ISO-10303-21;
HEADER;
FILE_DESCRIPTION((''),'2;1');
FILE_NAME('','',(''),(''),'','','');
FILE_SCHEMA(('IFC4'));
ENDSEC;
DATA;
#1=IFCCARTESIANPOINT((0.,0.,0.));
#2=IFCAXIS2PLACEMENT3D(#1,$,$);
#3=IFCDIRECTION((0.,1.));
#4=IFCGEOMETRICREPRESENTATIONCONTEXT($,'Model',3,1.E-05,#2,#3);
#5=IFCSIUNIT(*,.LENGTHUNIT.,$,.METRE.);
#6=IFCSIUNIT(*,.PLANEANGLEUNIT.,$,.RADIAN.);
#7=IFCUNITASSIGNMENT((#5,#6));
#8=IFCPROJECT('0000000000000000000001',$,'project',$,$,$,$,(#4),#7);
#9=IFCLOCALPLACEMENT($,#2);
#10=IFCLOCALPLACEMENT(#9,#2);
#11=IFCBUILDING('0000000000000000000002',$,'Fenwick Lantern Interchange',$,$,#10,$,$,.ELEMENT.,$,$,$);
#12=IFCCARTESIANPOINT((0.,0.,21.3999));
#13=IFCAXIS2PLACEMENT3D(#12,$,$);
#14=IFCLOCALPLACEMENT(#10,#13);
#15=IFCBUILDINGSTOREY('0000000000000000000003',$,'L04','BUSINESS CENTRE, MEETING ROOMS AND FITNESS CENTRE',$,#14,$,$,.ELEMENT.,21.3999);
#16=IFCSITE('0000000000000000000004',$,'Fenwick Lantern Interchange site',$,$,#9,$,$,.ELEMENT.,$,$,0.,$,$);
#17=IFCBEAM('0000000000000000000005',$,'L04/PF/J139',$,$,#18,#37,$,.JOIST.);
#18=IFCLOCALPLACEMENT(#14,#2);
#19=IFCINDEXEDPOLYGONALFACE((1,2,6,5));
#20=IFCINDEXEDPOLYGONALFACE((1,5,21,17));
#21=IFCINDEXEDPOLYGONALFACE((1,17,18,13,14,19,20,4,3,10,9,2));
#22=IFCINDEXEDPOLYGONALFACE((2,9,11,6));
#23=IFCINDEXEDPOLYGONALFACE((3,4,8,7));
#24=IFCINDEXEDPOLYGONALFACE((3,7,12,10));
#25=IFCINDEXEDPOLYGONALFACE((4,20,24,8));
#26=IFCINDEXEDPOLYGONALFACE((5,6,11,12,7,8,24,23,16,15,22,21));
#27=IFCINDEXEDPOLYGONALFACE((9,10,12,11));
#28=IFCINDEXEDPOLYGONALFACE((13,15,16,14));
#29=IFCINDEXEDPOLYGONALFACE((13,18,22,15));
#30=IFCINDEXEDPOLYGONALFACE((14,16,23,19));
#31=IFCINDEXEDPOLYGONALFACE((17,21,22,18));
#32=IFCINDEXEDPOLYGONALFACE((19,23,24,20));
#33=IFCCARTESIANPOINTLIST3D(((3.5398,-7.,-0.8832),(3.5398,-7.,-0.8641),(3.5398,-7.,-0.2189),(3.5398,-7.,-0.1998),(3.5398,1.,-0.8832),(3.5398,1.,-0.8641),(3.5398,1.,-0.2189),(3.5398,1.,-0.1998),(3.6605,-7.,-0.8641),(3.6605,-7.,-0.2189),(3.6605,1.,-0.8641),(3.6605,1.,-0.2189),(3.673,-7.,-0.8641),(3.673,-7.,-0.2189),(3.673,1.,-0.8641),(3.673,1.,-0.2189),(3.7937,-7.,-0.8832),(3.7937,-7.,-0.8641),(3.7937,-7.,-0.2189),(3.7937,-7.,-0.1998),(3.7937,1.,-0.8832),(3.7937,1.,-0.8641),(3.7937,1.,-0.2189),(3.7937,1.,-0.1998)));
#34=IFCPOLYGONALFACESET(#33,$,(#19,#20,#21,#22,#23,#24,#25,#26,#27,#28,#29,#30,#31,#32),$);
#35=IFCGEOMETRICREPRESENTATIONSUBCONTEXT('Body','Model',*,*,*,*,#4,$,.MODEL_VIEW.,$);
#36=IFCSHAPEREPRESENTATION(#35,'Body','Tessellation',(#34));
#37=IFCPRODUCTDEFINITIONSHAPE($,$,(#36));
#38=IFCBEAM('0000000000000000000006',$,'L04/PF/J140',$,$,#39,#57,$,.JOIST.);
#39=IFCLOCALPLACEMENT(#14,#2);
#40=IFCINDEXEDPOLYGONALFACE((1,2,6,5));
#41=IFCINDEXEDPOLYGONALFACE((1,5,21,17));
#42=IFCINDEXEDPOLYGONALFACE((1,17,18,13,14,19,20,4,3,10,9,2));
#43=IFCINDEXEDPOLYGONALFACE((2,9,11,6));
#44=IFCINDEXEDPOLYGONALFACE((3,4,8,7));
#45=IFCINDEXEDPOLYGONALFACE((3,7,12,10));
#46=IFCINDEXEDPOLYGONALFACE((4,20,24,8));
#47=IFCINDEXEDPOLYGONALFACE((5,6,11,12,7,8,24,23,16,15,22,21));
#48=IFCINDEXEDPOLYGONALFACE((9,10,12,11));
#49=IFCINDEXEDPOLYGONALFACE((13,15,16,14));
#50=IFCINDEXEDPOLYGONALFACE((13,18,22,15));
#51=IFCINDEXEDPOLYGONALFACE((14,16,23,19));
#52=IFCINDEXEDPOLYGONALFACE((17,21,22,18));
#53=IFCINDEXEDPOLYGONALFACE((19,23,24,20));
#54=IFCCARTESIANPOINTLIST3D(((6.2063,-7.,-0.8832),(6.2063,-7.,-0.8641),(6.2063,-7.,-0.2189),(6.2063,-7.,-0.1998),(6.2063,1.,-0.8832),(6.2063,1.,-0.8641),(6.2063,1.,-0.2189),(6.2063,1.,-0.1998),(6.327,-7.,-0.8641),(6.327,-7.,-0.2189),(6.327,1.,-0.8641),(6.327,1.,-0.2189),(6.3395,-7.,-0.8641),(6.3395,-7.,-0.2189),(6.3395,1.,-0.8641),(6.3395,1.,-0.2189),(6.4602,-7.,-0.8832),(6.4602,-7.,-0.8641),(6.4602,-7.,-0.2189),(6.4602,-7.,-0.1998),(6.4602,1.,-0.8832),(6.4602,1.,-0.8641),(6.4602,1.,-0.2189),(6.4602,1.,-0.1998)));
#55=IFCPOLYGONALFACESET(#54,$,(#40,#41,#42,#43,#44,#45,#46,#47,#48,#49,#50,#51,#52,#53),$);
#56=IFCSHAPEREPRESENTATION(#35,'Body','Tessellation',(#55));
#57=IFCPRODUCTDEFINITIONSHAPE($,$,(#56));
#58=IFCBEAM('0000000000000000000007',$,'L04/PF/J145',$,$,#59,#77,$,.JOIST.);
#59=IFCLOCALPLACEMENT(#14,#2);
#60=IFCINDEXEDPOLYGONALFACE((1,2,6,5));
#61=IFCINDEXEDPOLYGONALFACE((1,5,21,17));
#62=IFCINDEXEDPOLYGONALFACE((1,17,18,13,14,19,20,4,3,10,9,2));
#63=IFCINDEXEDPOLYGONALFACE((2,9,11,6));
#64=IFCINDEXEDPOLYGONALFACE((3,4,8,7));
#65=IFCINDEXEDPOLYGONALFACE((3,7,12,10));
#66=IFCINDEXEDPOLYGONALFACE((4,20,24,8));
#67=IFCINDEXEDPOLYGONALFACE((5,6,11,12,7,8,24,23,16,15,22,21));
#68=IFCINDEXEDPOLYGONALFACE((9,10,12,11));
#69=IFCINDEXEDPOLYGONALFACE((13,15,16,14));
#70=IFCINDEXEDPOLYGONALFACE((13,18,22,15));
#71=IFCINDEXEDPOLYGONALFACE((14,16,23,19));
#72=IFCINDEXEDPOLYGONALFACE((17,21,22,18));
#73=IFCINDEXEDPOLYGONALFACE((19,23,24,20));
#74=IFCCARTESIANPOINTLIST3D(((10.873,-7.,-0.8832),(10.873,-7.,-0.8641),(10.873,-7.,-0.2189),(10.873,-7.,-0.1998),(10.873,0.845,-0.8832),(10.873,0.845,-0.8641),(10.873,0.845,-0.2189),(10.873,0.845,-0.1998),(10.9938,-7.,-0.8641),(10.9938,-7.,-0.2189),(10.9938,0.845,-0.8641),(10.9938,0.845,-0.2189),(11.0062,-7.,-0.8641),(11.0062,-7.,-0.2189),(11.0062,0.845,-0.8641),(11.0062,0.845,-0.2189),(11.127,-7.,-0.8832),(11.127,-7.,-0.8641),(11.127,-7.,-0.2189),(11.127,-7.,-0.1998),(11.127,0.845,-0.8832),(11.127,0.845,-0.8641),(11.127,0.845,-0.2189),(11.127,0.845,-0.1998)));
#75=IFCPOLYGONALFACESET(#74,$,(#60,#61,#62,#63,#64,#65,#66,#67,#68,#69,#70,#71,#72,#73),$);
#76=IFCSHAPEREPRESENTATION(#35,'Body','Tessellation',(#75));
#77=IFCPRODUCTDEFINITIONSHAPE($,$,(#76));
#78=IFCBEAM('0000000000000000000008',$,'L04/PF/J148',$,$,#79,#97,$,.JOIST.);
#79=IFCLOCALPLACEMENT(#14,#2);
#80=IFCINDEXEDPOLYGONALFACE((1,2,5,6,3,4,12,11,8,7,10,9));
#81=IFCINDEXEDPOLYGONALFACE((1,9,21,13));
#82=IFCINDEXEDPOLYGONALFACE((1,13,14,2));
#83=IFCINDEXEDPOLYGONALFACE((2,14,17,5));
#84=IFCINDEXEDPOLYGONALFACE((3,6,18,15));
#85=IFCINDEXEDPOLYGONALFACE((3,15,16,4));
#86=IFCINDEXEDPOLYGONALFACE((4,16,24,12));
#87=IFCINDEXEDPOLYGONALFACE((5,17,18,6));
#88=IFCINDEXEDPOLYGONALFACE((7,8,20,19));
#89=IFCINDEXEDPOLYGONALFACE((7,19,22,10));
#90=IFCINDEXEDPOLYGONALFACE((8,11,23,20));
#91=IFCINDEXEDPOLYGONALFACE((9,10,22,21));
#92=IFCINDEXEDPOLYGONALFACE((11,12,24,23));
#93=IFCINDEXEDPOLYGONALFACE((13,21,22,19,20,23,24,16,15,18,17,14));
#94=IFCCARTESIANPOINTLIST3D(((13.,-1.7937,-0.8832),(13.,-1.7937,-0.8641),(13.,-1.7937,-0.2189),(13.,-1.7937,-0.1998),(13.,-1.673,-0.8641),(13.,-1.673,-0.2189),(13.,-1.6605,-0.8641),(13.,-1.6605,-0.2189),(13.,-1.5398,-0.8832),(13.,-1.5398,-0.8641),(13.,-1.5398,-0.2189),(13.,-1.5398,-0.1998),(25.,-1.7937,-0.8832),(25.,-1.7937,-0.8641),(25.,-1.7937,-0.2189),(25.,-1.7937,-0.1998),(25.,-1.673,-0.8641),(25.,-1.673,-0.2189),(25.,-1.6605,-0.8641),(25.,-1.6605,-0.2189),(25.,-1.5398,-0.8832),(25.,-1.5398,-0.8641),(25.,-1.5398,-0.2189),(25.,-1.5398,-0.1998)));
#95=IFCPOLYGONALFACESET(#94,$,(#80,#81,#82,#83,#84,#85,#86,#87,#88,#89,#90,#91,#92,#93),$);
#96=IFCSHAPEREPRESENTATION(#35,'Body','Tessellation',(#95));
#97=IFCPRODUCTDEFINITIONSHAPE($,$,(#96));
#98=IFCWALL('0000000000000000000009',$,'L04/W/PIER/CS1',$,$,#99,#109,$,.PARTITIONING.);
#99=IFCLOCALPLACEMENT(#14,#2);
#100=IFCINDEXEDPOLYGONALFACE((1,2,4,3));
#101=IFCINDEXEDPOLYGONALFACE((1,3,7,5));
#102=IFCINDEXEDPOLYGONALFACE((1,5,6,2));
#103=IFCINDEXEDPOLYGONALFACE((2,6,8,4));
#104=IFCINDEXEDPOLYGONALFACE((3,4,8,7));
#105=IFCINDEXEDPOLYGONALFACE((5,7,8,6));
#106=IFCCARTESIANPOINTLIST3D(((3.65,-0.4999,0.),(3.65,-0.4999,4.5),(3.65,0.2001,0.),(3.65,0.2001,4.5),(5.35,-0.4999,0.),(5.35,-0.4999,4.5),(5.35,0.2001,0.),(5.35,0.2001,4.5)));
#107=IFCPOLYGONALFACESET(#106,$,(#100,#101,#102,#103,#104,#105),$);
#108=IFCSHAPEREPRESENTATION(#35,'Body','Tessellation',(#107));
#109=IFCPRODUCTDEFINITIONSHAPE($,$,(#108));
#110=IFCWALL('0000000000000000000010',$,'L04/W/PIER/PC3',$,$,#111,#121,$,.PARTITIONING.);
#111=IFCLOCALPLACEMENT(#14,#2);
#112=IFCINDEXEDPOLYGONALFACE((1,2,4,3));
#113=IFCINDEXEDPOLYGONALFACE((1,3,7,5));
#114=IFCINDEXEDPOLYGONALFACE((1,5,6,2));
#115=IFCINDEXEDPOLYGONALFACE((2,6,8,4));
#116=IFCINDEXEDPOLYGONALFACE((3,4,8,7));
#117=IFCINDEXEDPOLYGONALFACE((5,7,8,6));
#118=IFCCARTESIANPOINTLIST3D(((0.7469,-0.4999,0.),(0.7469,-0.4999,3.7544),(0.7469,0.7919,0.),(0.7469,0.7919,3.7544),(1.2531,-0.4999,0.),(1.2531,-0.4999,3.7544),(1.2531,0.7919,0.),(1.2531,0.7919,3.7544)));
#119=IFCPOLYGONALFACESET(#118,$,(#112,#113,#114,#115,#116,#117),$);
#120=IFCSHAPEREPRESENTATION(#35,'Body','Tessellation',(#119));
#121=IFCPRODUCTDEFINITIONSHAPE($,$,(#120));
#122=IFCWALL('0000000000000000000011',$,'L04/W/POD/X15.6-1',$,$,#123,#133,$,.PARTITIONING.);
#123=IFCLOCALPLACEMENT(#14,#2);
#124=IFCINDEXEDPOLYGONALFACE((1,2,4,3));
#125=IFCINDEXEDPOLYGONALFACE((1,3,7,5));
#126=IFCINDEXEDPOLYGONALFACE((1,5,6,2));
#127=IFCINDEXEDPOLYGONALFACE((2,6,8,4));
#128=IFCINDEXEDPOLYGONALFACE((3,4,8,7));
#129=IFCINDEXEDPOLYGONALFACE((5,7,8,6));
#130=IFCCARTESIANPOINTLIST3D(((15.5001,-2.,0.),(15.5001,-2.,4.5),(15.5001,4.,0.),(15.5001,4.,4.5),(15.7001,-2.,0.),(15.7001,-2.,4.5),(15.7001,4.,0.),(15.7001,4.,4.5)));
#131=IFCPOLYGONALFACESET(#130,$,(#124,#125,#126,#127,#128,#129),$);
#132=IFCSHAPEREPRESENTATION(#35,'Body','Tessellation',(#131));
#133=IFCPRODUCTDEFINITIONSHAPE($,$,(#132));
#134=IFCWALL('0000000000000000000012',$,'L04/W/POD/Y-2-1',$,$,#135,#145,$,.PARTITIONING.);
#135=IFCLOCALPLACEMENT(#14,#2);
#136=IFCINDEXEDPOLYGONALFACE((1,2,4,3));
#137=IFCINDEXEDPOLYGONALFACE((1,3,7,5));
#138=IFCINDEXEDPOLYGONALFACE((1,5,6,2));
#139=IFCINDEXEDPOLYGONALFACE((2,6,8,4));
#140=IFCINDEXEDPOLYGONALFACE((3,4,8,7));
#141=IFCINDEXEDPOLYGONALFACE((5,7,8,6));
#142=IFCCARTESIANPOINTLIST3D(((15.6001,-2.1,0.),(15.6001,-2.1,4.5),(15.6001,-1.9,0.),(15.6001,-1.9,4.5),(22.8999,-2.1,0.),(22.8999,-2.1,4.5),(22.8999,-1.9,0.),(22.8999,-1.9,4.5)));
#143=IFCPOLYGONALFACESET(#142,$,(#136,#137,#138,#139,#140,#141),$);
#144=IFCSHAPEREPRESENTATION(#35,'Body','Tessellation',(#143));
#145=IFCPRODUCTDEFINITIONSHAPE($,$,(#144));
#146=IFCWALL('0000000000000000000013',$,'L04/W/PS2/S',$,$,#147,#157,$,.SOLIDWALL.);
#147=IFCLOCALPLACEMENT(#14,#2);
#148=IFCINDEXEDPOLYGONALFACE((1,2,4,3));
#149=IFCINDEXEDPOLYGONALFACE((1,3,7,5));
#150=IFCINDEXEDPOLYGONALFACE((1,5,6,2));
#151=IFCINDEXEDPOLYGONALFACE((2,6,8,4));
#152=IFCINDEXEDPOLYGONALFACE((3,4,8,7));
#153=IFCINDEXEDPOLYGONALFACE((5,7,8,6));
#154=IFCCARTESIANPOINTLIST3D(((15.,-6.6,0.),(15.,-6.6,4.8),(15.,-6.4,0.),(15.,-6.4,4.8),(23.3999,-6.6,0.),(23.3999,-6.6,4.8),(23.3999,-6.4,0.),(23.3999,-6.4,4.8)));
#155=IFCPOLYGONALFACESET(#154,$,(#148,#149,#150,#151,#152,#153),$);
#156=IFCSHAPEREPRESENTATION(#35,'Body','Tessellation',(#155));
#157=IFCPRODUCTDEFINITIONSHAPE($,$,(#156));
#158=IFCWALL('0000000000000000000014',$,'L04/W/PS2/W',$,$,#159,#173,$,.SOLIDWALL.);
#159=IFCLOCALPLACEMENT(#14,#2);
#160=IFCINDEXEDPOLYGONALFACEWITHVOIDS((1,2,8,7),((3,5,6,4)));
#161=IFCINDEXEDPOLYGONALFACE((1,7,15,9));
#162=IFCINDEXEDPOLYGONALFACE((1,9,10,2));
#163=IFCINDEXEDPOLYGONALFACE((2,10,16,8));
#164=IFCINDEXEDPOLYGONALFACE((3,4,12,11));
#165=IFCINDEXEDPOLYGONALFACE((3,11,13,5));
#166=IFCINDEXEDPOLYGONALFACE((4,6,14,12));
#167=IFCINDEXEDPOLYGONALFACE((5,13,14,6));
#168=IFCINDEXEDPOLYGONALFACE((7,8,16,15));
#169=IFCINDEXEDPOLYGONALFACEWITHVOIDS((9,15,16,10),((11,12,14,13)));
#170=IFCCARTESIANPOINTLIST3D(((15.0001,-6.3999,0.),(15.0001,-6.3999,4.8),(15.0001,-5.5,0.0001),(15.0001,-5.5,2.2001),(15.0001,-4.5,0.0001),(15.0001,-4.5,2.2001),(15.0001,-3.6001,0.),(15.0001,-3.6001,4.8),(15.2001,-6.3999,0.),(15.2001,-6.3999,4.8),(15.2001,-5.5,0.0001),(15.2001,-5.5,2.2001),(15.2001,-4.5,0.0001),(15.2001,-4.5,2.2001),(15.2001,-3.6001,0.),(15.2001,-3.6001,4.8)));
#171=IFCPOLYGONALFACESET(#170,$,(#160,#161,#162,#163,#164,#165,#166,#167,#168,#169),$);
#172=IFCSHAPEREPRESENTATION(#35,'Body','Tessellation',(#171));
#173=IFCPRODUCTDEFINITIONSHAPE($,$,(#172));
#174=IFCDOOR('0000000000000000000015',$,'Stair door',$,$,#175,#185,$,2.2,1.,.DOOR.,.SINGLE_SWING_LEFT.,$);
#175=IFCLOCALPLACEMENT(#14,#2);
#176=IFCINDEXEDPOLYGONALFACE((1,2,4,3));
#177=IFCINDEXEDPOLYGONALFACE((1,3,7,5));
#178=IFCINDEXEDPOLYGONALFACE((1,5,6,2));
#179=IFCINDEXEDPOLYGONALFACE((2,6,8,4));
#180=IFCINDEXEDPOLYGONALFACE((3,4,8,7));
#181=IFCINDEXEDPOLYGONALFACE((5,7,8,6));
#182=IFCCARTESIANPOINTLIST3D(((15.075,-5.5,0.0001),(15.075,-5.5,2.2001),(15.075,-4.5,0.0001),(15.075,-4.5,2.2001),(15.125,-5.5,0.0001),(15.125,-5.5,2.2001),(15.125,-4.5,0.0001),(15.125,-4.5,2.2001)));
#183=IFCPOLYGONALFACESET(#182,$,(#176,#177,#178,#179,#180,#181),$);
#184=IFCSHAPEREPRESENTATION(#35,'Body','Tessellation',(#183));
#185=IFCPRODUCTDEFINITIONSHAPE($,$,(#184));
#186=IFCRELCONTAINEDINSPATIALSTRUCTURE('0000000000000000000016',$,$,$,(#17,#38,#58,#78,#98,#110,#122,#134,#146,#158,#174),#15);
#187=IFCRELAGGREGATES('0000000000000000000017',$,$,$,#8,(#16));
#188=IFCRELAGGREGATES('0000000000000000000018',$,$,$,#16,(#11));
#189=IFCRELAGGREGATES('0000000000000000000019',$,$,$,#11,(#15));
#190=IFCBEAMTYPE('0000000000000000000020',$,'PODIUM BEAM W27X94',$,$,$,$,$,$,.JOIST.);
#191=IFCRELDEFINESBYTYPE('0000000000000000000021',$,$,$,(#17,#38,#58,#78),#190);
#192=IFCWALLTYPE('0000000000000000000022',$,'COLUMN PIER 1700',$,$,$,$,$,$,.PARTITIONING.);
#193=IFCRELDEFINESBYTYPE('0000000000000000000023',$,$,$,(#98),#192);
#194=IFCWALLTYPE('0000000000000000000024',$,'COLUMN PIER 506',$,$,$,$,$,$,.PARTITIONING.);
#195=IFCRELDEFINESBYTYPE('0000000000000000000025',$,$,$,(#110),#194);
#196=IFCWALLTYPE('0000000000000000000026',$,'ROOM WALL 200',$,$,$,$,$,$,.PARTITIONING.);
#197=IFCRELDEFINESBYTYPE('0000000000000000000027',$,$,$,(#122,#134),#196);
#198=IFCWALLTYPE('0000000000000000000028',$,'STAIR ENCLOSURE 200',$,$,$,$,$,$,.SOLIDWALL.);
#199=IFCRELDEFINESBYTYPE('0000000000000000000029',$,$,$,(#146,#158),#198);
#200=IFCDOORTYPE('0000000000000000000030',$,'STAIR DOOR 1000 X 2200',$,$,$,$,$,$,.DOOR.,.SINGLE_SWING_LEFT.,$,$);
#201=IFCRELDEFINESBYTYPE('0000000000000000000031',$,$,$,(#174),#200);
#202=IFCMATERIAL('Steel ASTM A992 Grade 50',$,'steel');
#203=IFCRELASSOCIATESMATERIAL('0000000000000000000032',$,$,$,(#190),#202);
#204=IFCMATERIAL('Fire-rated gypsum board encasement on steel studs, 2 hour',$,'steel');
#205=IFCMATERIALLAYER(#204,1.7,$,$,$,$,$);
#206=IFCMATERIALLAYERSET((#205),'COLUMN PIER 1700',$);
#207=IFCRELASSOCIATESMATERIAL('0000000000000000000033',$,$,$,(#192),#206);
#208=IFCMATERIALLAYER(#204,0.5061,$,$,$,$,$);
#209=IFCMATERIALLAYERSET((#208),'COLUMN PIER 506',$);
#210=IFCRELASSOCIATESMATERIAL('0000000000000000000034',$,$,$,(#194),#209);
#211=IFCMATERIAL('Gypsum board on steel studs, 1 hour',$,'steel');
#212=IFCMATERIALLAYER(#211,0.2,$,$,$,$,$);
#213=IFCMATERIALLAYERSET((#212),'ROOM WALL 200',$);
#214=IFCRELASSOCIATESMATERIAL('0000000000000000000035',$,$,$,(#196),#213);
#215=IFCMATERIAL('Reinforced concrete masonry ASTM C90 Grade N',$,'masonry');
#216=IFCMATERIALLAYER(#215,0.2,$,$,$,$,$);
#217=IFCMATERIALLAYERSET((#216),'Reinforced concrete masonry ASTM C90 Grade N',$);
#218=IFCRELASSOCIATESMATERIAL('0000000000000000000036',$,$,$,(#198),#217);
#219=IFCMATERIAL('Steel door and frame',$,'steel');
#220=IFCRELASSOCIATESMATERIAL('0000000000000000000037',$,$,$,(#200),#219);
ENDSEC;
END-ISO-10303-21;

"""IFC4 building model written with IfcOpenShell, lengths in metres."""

from ifc_helpers import new_model, si_unit, direction, frame, frame_2d, origin, origin_2d, place, context, subcontext, project, spatial, rectangle, i_section, extrude, material, layer, layer_set, material_profile, profile_set, type_object, element, fill, save


model = new_model("IFC4")

# Units and contexts
model_context = context("Model", 3, precision=1e-05, world=origin(), true_north=direction((0.0, 1.0)))
body_context = subcontext(model_context, "Body", "Model", "MODEL_VIEW")
ifc_project = project(units=[si_unit("LENGTHUNIT", "METRE"), si_unit("PLANEANGLEUNIT", "RADIAN")], contexts=[model_context])

# Site, building, storey
site_placement = place(None, origin())
site = spatial("IfcSite", under=ifc_project, at=site_placement, Name="Fenwick Lantern Interchange site", CompositionType="ELEMENT", RefElevation=0.0)
building_placement = place(site_placement, origin())
building = spatial("IfcBuilding", under=site, at=building_placement, Name="Fenwick Lantern Interchange", CompositionType="ELEMENT")
storey_placement = place(building_placement, frame((0.0, 0.0, 21.3999)))
storey = spatial("IfcBuildingStorey", under=building, at=storey_placement, Name="L04", Description="BUSINESS CENTRE, MEETING ROOMS AND FITNESS CENTRE", CompositionType="ELEMENT", Elevation=21.3999)

# Shared definitions
ifc_material_1 = material(Name="Steel ASTM A992 Grade 50", Category="steel")

# Beams
ifc_material_profile_1 = material_profile(ifc_material_1, i_section(OverallWidth=0.2539, OverallDepth=0.6833, WebThickness=0.0125, FlangeThickness=0.019, at=origin_2d()), Name="W27X94")
ifc_profile_set_1 = profile_set([ifc_material_profile_1], Name="Steel ASTM A992 Grade 50")
beam_type_1 = type_object("IfcBeamType", Name="PODIUM BEAM W27X94", PredefinedType="JOIST", material=ifc_profile_set_1)
for number, where, z_axis, x_axis, name in (
    (1, (3.6667, -7.0, -0.5415), (0.0, 1.0, 0.0), (-1.0, 0.0, 0.0), "L04/PF/J139"),
    (2, (6.3333, -7.0, -0.5415), (0.0, 1.0, 0.0), (-1.0, 0.0, 0.0), "L04/PF/J140"),
):
    element("IfcBeam", number, at=place(storey_placement, frame(where, z_axis=z_axis, x_axis=x_axis)), inside=storey, type_object=beam_type_1, Name=name, PredefinedType="JOIST", context=body_context, shape_type="SweptSolid", body=[
        extrude(i_section(OverallWidth=0.2539, OverallDepth=0.6833, WebThickness=0.0125, FlangeThickness=0.019, at=origin_2d()), origin(), (0.0, 0.0, 1.0), 8.0),
    ])
beam_1_placement = place(storey_placement, frame((11.0, -7.0, -0.5415), z_axis=(0.0, 1.0, 0.0), x_axis=(-1.0, 0.0, 0.0)))
element("IfcBeam", 3, at=beam_1_placement, inside=storey, type_object=beam_type_1, Name="L04/PF/J145", PredefinedType="JOIST", context=body_context, shape_type="SweptSolid", body=[
    extrude(i_section(OverallWidth=0.2539, OverallDepth=0.6833, WebThickness=0.0125, FlangeThickness=0.019, at=origin_2d()), origin(), (0.0, 0.0, 1.0), 7.845),
])
beam_2_placement = place(storey_placement, frame((13.0, -1.6667, -0.5415), z_axis=(1.0, 0.0, 0.0), x_axis=(0.0, 1.0, 0.0)))
element("IfcBeam", 4, at=beam_2_placement, inside=storey, type_object=beam_type_1, Name="L04/PF/J148", PredefinedType="JOIST", context=body_context, shape_type="SweptSolid", body=[
    extrude(i_section(OverallWidth=0.2539, OverallDepth=0.6833, WebThickness=0.0125, FlangeThickness=0.019, at=origin_2d()), origin(), (0.0, 0.0, 1.0), 12.0),
])

# Walls
ifc_material_2 = material(Name="Fire-rated gypsum board encasement on steel studs, 2 hour", Category="steel")
ifc_layer_1 = layer(ifc_material_2, 1.7)
ifc_layer_set_1 = layer_set([ifc_layer_1], Name="COLUMN PIER 1700")
wall_type_1 = type_object("IfcWallType", Name="COLUMN PIER 1700", PredefinedType="PARTITIONING", material=ifc_layer_set_1)
wall_1_placement = place(storey_placement, frame((4.5, -0.5, 0.0), z_axis=(0.0, 0.0, 1.0), x_axis=(0.0, 1.0, 0.0)))
element("IfcWall", 5, at=wall_1_placement, inside=storey, type_object=wall_type_1, Name="L04/W/PIER/CS1", PredefinedType="PARTITIONING", context=body_context, shape_type="SweptSolid", body=[
    extrude(rectangle(XDim=0.7, YDim=1.7, at=frame_2d((0.3501, 0.0))), origin(), (0.0, 0.0, 1.0), 4.5),
])
ifc_layer_2 = layer(ifc_material_2, 0.5061)
ifc_layer_set_2 = layer_set([ifc_layer_2], Name="COLUMN PIER 506")
wall_type_2 = type_object("IfcWallType", Name="COLUMN PIER 506", PredefinedType="PARTITIONING", material=ifc_layer_set_2)
wall_2_placement = place(storey_placement, frame((1.0, -0.5, 0.0), z_axis=(0.0, 0.0, 1.0), x_axis=(0.0, 1.0, 0.0)))
element("IfcWall", 6, at=wall_2_placement, inside=storey, type_object=wall_type_2, Name="L04/W/PIER/PC3", PredefinedType="PARTITIONING", context=body_context, shape_type="SweptSolid", body=[
    extrude(rectangle(XDim=1.2917, YDim=0.5061, at=frame_2d((0.646, 0.0))), origin(), (0.0, 0.0, 1.0), 3.7544),
])

# Shared definitions
ifc_material_3 = material(Name="Gypsum board on steel studs, 1 hour", Category="steel")
ifc_layer_3 = layer(ifc_material_3, 0.2)
ifc_layer_set_3 = layer_set([ifc_layer_3], Name="ROOM WALL 200")
wall_type_3 = type_object("IfcWallType", Name="ROOM WALL 200", PredefinedType="PARTITIONING", material=ifc_layer_set_3)
ifc_material_4 = material(Name="Steel door and frame", Category="steel")

# Walls
wall_3_placement = place(storey_placement, frame((15.6001, -2.0, 0.0), z_axis=(0.0, 0.0, 1.0), x_axis=(0.0, 1.0, 0.0)))
element("IfcWall", 7, at=wall_3_placement, inside=storey, type_object=wall_type_3, Name="L04/W/POD/X15.6-1", PredefinedType="PARTITIONING", context=body_context, shape_type="SweptSolid", body=[
    extrude(rectangle(XDim=6.0, YDim=0.2, at=frame_2d((3.0, 0.0))), origin(), (0.0, 0.0, 1.0), 4.5),
])
wall_4_placement = place(storey_placement, frame((15.6001, -2.0, 0.0), z_axis=(0.0, 0.0, 1.0), x_axis=(1.0, 0.0, 0.0)))
element("IfcWall", 8, at=wall_4_placement, inside=storey, type_object=wall_type_3, Name="L04/W/POD/Y-2-1", PredefinedType="PARTITIONING", context=body_context, shape_type="SweptSolid", body=[
    extrude(rectangle(XDim=7.2998, YDim=0.2, at=frame_2d((3.6499, 0.0))), origin(), (0.0, 0.0, 1.0), 4.5),
])
ifc_material_5 = material(Name="Reinforced concrete masonry ASTM C90 Grade N", Category="masonry")
ifc_layer_4 = layer(ifc_material_5, 0.2)
ifc_layer_set_4 = layer_set([ifc_layer_4], Name="Reinforced concrete masonry ASTM C90 Grade N")
wall_type_4 = type_object("IfcWallType", Name="STAIR ENCLOSURE 200", PredefinedType="SOLIDWALL", material=ifc_layer_set_4)
wall_5_placement = place(storey_placement, frame((15.0, -6.5, 0.0), z_axis=(0.0, 0.0, 1.0), x_axis=(1.0, 0.0, 0.0)))
element("IfcWall", 9, at=wall_5_placement, inside=storey, type_object=wall_type_4, Name="L04/W/PS2/S", PredefinedType="SOLIDWALL", context=body_context, shape_type="SweptSolid", body=[
    extrude(rectangle(XDim=8.3999, YDim=0.2, at=frame_2d((4.2, 0.0))), origin(), (0.0, 0.0, 1.0), 4.8),
])

# Wall, opening, door
wall_6_placement = place(storey_placement, frame((15.1001, -3.6001, 0.0), z_axis=(0.0, 0.0, 1.0), x_axis=(0.0, -1.0, 0.0)))
wall_6 = element("IfcWall", 10, at=wall_6_placement, inside=storey, type_object=wall_type_4, Name="L04/W/PS2/W", PredefinedType="SOLIDWALL", context=body_context, shape_type="SweptSolid", body=[
    extrude(rectangle(XDim=2.7998, YDim=0.2, at=frame_2d((1.3999, 0.0))), origin(), (0.0, 0.0, 1.0), 4.8),
])
opening_1_placement = place(wall_6_placement, frame((0.8999, 0.0, 0.0)))
opening_1 = element("IfcOpeningElement", 11, at=opening_1_placement, cuts=wall_6, PredefinedType="OPENING", context=body_context, shape_type="SweptSolid", body=[
    extrude(rectangle(XDim=1.0, YDim=2.2, at=frame_2d((0.5, 1.1001))), frame((0.0, 0.1099, 0.0), z_axis=(0.0, -1.0, 0.0), x_axis=(1.0, 0.0, 0.0)), (0.0, 0.0, 1.0), 0.22),
])
door_type_1 = type_object("IfcDoorType", Name="STAIR DOOR 1000 X 2200", OperationType="SINGLE_SWING_LEFT", PredefinedType="DOOR", material=ifc_material_4)
door_1_placement = place(opening_1_placement, origin())
door_1 = element("IfcDoor", 12, at=door_1_placement, inside=storey, type_object=door_type_1, Name="Stair door", OperationType="SINGLE_SWING_LEFT", OverallHeight=2.2, OverallWidth=1.0, PredefinedType="DOOR", context=body_context, shape_type="SweptSolid", body=[
    extrude(rectangle(XDim=1.0, YDim=2.2, at=frame_2d((0.5, 1.1001))), frame((0.0, 0.0249, 0.0), z_axis=(0.0, -1.0, 0.0), x_axis=(1.0, 0.0, 0.0)), (0.0, 0.0, 1.0), 0.05),
])
fill(opening_1, door_1)

save(model, "model.ifc")
